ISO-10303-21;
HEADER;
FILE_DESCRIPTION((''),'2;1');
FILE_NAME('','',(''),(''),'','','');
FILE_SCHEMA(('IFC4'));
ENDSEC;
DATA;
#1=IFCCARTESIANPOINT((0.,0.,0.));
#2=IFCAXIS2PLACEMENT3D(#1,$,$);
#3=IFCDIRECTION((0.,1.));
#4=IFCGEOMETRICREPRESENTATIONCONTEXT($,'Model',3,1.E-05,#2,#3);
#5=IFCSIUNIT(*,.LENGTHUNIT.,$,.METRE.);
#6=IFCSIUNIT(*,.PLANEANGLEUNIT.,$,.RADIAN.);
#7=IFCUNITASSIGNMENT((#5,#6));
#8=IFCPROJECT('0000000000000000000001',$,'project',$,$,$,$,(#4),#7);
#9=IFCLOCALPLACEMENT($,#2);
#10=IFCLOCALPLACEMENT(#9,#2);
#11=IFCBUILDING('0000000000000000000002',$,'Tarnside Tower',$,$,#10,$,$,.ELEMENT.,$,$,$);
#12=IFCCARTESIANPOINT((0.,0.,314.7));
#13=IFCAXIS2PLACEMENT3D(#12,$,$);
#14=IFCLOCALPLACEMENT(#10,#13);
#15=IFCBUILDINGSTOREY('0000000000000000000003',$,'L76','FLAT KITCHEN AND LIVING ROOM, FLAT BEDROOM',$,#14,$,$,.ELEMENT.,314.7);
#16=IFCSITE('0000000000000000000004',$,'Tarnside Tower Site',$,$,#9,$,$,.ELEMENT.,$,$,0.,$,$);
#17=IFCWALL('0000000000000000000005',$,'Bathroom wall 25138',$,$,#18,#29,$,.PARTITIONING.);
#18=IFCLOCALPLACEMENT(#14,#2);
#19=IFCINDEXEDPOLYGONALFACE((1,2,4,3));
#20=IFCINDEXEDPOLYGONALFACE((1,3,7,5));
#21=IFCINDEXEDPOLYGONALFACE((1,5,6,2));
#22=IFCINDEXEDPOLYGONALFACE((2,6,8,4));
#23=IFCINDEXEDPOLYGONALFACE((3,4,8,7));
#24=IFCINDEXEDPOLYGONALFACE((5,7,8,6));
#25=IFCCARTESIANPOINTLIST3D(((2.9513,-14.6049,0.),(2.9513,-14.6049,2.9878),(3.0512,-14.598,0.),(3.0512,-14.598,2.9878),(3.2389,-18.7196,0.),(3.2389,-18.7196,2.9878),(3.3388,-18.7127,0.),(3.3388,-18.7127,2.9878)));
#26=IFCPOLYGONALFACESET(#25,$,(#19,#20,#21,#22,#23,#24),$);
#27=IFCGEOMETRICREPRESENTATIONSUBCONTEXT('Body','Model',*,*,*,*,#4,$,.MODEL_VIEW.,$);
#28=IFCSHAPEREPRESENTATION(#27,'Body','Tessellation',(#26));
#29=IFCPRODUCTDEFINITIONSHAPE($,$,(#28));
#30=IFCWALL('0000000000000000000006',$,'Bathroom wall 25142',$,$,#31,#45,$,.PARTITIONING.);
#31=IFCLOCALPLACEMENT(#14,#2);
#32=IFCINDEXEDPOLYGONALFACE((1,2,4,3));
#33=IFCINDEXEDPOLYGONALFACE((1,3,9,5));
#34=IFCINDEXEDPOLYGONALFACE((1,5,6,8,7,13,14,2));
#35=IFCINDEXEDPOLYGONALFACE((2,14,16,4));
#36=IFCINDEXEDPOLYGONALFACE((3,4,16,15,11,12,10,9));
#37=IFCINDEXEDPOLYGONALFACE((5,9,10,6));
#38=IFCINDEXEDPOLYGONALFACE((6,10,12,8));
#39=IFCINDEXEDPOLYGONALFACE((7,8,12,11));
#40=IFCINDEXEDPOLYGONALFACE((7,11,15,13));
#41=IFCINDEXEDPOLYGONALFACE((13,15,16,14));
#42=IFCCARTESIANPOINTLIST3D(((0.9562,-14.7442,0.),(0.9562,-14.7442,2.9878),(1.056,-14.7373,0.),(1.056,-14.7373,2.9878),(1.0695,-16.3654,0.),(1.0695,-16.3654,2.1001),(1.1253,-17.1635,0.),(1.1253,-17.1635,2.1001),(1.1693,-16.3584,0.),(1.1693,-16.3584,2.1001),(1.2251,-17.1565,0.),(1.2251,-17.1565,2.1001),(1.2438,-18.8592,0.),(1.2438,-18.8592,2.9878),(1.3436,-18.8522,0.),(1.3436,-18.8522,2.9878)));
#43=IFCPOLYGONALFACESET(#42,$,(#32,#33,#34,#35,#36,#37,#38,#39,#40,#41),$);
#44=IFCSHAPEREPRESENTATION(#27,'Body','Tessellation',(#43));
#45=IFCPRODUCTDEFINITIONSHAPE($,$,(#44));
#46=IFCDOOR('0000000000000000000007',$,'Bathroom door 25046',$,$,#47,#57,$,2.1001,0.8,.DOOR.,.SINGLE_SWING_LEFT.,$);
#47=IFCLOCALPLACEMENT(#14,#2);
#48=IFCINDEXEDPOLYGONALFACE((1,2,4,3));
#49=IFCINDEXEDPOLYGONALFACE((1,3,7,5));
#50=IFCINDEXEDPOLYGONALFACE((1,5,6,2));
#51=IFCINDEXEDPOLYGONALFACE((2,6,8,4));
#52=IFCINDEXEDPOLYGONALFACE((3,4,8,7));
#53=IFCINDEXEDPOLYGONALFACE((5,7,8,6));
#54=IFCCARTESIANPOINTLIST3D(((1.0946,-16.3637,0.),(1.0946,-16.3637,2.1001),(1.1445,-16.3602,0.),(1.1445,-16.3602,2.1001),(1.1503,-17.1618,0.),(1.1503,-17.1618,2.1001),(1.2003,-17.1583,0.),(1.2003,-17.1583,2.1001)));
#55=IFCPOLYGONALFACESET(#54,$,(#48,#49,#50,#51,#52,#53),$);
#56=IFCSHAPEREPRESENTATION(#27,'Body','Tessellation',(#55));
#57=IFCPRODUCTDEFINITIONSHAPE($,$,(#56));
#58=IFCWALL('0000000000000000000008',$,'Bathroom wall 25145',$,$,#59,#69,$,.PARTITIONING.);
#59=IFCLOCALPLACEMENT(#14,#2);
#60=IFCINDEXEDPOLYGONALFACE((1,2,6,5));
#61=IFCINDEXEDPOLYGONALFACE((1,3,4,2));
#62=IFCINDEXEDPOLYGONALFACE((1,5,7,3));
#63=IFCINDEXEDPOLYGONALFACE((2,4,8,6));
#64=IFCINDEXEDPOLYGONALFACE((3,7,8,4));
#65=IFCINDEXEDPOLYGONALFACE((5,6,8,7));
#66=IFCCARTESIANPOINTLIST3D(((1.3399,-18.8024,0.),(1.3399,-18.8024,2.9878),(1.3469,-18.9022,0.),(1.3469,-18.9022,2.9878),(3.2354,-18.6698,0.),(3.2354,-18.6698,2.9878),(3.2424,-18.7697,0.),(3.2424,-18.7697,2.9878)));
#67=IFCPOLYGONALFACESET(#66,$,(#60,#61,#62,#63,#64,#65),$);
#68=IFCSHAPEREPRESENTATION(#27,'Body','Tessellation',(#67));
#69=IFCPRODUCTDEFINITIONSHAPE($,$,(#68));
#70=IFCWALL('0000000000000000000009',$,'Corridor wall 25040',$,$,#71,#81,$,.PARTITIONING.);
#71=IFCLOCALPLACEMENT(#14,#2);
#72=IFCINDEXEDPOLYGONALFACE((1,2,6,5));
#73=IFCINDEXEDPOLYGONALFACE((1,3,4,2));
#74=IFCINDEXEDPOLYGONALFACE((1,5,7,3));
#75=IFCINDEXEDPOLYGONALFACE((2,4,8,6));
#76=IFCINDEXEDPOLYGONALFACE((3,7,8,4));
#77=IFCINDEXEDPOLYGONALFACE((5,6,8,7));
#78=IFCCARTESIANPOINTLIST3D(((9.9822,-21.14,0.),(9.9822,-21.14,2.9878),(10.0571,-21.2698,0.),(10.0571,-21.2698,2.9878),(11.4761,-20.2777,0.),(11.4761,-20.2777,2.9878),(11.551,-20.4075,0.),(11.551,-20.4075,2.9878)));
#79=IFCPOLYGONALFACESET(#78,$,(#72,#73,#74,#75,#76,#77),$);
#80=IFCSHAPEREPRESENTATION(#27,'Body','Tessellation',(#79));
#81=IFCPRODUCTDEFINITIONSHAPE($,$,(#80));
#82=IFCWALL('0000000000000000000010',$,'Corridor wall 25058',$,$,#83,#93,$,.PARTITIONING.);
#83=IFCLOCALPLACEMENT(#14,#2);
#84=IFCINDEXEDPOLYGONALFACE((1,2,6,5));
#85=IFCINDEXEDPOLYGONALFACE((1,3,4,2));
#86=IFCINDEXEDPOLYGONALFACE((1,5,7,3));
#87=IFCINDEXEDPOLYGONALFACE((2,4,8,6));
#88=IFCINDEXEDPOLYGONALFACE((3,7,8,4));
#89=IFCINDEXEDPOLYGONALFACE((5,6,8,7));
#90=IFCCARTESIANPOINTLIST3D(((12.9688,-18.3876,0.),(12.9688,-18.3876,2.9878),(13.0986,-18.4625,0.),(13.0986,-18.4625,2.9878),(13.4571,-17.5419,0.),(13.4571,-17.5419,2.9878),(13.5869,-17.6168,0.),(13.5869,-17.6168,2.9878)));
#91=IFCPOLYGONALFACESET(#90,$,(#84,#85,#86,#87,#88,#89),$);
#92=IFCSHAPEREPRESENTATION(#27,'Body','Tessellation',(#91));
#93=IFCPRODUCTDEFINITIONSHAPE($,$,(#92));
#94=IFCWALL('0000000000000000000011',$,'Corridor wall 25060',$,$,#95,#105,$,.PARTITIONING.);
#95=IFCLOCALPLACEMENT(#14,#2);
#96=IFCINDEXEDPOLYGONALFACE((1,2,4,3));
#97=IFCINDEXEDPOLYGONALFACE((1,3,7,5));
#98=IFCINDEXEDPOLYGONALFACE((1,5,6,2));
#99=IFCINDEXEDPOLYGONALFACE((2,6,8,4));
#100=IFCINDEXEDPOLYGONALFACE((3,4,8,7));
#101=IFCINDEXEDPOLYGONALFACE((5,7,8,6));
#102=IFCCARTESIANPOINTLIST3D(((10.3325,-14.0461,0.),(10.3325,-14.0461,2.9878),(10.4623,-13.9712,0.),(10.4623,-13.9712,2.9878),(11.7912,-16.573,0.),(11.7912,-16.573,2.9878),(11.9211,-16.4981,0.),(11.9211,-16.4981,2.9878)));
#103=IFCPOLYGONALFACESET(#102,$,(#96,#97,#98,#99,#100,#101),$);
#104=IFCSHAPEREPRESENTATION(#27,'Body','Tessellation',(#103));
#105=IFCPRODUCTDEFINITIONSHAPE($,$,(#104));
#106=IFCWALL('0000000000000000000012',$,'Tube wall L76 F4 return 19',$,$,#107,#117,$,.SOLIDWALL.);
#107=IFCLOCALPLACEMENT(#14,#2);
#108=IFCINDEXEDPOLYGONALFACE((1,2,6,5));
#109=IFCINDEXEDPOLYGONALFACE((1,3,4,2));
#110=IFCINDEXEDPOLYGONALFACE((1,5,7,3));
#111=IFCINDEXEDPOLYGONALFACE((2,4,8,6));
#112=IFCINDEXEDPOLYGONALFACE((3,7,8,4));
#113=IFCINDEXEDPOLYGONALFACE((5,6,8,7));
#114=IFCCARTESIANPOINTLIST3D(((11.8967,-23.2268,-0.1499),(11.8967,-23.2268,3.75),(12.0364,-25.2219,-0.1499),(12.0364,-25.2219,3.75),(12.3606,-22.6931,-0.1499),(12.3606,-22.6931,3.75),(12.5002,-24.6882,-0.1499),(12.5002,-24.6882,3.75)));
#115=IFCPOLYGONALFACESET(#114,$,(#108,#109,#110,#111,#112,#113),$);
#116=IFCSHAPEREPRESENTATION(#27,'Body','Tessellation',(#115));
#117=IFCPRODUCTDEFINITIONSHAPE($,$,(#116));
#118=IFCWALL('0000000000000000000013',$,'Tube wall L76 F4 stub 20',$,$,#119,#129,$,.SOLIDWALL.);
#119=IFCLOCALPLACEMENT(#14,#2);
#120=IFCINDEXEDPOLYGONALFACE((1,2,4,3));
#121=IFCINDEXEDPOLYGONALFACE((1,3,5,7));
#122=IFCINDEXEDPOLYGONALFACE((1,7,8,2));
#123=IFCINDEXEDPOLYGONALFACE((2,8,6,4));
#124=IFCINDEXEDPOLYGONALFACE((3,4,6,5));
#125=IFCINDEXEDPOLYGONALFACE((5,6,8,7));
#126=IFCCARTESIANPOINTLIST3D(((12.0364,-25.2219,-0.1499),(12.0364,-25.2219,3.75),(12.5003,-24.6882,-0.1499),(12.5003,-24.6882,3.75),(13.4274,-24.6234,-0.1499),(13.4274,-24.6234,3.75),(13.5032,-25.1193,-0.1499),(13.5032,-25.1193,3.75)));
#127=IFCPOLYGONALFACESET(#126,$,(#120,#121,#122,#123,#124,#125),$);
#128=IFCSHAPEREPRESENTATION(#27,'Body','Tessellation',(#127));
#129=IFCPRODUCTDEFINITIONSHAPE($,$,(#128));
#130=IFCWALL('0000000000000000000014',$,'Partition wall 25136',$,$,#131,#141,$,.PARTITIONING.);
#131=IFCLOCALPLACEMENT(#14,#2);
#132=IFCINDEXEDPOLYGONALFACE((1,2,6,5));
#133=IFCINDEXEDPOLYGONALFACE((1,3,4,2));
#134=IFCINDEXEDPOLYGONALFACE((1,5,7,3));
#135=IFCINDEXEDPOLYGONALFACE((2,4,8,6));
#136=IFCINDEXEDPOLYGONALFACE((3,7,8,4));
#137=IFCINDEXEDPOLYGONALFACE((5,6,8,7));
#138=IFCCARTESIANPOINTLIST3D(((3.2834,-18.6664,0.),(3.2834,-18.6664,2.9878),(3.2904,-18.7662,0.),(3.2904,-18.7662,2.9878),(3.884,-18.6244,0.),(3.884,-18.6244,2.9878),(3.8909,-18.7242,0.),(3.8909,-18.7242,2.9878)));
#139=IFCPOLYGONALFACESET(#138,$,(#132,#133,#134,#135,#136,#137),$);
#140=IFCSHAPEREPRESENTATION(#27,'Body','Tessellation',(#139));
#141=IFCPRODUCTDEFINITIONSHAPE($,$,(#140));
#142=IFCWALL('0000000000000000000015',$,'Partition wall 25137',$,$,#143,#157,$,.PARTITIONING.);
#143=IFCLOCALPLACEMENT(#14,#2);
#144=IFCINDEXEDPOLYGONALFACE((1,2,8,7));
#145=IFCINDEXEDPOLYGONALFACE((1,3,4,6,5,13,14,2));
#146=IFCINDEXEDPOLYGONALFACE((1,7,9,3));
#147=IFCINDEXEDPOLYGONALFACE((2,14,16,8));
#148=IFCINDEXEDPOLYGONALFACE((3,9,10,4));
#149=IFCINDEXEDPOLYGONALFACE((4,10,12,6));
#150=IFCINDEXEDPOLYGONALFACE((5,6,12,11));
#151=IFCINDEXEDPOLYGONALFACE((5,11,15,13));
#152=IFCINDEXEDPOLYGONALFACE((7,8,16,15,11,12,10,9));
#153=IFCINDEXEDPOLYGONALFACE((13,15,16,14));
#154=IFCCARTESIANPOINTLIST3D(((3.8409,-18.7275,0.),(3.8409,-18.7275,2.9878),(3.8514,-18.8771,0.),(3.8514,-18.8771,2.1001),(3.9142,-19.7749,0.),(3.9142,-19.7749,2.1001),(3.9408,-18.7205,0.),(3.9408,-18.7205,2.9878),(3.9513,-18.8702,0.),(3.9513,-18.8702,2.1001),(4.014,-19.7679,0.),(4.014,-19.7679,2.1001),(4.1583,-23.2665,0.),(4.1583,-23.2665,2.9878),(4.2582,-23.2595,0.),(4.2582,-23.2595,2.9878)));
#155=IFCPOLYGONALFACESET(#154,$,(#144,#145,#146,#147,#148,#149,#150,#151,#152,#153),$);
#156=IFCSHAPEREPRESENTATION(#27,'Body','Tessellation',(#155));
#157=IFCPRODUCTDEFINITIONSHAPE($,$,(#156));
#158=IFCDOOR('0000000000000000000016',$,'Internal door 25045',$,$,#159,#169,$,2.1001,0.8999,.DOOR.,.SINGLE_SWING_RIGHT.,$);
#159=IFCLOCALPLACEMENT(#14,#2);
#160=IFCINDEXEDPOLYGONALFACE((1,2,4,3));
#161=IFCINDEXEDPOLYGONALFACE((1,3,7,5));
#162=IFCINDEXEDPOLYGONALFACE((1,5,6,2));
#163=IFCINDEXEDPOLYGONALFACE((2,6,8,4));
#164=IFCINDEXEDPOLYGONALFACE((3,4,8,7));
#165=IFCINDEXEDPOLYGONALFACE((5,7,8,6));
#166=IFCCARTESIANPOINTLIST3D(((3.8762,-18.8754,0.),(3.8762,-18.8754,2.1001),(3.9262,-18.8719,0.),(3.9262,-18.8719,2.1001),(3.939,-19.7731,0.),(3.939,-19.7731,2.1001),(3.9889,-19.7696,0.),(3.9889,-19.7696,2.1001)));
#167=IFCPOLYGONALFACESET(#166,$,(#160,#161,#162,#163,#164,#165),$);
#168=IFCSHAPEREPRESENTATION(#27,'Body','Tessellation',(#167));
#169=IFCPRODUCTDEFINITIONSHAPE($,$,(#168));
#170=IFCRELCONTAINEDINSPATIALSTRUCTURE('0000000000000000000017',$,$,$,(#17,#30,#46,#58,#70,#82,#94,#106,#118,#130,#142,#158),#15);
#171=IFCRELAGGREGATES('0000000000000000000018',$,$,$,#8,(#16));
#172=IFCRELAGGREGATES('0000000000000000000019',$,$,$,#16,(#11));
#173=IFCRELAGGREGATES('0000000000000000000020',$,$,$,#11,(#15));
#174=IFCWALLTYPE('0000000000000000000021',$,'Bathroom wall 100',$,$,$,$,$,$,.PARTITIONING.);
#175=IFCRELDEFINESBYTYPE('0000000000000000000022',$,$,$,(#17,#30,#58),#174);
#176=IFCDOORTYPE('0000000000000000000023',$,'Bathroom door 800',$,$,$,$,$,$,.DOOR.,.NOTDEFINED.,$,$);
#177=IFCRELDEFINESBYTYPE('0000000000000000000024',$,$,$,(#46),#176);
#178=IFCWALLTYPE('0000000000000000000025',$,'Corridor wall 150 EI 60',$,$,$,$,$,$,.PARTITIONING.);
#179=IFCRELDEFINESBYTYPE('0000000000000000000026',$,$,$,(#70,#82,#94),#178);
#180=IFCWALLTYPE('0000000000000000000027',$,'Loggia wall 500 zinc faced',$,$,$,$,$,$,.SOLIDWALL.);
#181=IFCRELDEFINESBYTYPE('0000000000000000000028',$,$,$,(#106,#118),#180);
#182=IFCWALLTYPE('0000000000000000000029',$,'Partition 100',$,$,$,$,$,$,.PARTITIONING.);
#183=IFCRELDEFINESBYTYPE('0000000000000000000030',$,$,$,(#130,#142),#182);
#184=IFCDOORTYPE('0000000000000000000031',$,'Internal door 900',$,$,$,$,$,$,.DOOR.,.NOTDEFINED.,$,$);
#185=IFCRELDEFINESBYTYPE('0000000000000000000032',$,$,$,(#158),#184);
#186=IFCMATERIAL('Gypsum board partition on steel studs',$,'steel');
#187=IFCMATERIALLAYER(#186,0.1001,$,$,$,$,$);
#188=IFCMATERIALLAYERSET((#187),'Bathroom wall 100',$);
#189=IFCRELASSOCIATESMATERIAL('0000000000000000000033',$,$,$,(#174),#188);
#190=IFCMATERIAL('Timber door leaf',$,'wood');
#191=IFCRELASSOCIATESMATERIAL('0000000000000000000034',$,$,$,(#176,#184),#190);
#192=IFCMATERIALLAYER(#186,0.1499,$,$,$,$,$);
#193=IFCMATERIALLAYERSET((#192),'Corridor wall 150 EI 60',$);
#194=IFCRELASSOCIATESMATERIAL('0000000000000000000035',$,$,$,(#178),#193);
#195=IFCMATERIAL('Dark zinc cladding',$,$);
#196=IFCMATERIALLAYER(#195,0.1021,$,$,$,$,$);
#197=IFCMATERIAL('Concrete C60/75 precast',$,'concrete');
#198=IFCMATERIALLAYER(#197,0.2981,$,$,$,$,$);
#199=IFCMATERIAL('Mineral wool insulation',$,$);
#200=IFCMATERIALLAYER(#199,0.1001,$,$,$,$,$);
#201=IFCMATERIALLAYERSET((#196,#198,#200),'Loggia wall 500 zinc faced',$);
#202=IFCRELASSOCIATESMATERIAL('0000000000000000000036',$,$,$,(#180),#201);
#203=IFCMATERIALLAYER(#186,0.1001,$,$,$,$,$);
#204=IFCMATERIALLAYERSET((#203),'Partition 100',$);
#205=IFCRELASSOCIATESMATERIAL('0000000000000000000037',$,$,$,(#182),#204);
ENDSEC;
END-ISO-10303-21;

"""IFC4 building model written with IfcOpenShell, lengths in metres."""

from ifc_helpers import new_model, si_unit, direction, frame, frame_2d, origin, place, context, subcontext, project, spatial, polyline, rectangle, outline, extrude, material, layer, layer_set, type_object, element, fill, save


model = new_model("IFC4")

# Units and contexts
model_context = context("Model", 3, precision=1e-05, world=origin(), true_north=direction((0.0, 1.0)))
body_context = subcontext(model_context, "Body", "Model", "MODEL_VIEW")
ifc_project = project(units=[si_unit("LENGTHUNIT", "METRE"), si_unit("PLANEANGLEUNIT", "RADIAN")], contexts=[model_context])

# Site, building, storey
site_placement = place(None, origin())
site = spatial("IfcSite", under=ifc_project, at=site_placement, Name="Tarnside Tower Site", CompositionType="ELEMENT", RefElevation=0.0)
building_placement = place(site_placement, origin())
building = spatial("IfcBuilding", under=site, at=building_placement, Name="Tarnside Tower", CompositionType="ELEMENT")
storey_placement = place(building_placement, frame((0.0, 0.0, 314.7)))
storey = spatial("IfcBuildingStorey", under=building, at=storey_placement, Name="L76", Description="FLAT KITCHEN AND LIVING ROOM, FLAT BEDROOM", CompositionType="ELEMENT", Elevation=314.7)

# Wall
ifc_material_1 = material(Name="Gypsum board partition on steel studs", Category="steel")
ifc_layer_1 = layer(ifc_material_1, 0.1001)
ifc_layer_set_1 = layer_set([ifc_layer_1], Name="Bathroom wall 100")
wall_type_1 = type_object("IfcWallType", Name="Bathroom wall 100", PredefinedType="PARTITIONING", material=ifc_layer_set_1)
wall_1_placement = place(storey_placement, frame((3.0012, -14.6013, 0.0), z_axis=(0.0, 0.0, 1.0), x_axis=(0.069724, -0.997566, 0.0)))
element("IfcWall", 1, at=wall_1_placement, inside=storey, type_object=wall_type_1, Name="Bathroom wall 25138", PredefinedType="PARTITIONING", context=body_context, shape_type="SweptSolid", body=[
    extrude(rectangle(XDim=4.1248, YDim=0.1001, at=frame_2d((2.0625, 0.0))), origin(), (0.0, 0.0, 1.0), 2.9878),
])

# Wall, opening, door
wall_2_placement = place(storey_placement, frame((1.2937, -18.8557, 0.0), z_axis=(0.0, 0.0, 1.0), x_axis=(-0.06972, 0.997567, 0.0)))
wall_2 = element("IfcWall", 2, at=wall_2_placement, inside=storey, type_object=wall_type_1, Name="Bathroom wall 25142", PredefinedType="PARTITIONING", context=body_context, shape_type="SweptSolid", body=[
    extrude(rectangle(XDim=4.125, YDim=0.1001, at=frame_2d((2.0625, 0.0))), origin(), (0.0, 0.0, 1.0), 2.9878),
])
opening_1_placement = place(wall_2_placement, frame((1.7, 0.0, 0.0)))
opening_1 = element("IfcOpeningElement", 3, at=opening_1_placement, cuts=wall_2, PredefinedType="OPENING", context=body_context, shape_type="SweptSolid", body=[
    extrude(rectangle(XDim=0.8, YDim=2.1001, at=frame_2d((0.3999, 1.05))), frame((0.0, 0.0601, 0.0), z_axis=(0.0, -1.0, 0.0), x_axis=(1.0, 0.0, 0.0)), (0.0, 0.0, 1.0), 0.1201),
])
ifc_material_2 = material(Name="Timber door leaf", Category="wood")
door_type_1 = type_object("IfcDoorType", Name="Bathroom door 800", OperationType="NOTDEFINED", PredefinedType="DOOR", material=ifc_material_2)
door_1_placement = place(opening_1_placement, origin())
door_1 = element("IfcDoor", 4, at=door_1_placement, inside=storey, type_object=door_type_1, Name="Bathroom door 25046", OperationType="SINGLE_SWING_LEFT", OverallHeight=2.1001, OverallWidth=0.8, PredefinedType="DOOR", context=body_context, shape_type="SweptSolid", body=[
    extrude(rectangle(XDim=0.8, YDim=2.1001, at=frame_2d((0.3999, 1.05))), frame((0.0, 0.0249, 0.0), z_axis=(0.0, -1.0, 0.0), x_axis=(1.0, 0.0, 0.0)), (0.0, 0.0, 1.0), 0.05),
])
fill(opening_1, door_1)

# Walls
wall_3_placement = place(storey_placement, frame((3.239, -18.7197, 0.0), z_axis=(0.0, 0.0, 1.0), x_axis=(-0.997563, -0.069768, 0.0)))
element("IfcWall", 5, at=wall_3_placement, inside=storey, type_object=wall_type_1, Name="Bathroom wall 25145", PredefinedType="PARTITIONING", context=body_context, shape_type="SweptSolid", body=[
    extrude(rectangle(XDim=1.9001, YDim=0.1001, at=frame_2d((0.9502, 0.0))), origin(), (0.0, 0.0, 1.0), 2.9878),
])
ifc_layer_2 = layer(ifc_material_1, 0.1499)
ifc_layer_set_2 = layer_set([ifc_layer_2], Name="Corridor wall 150 EI 60")
wall_type_2 = type_object("IfcWallType", Name="Corridor wall 150 EI 60", PredefinedType="PARTITIONING", material=ifc_layer_set_2)
wall_4_placement = place(storey_placement, frame((10.0198, -21.2048, 0.0), z_axis=(0.0, 0.0, 1.0), x_axis=(0.866075, 0.499914, 0.0)))
element("IfcWall", 6, at=wall_4_placement, inside=storey, type_object=wall_type_2, Name="Corridor wall 25040", PredefinedType="PARTITIONING", context=body_context, shape_type="SweptSolid", body=[
    extrude(rectangle(XDim=1.7249, YDim=0.1499, at=frame_2d((0.8623, 0.0))), origin(), (0.0, 0.0, 1.0), 2.9878),
])
wall_5_placement = place(storey_placement, frame((13.0337, -18.425, 0.0), z_axis=(0.0, 0.0, 1.0), x_axis=(0.500011, 0.866019, 0.0)))
element("IfcWall", 7, at=wall_5_placement, inside=storey, type_object=wall_type_2, Name="Corridor wall 25058", PredefinedType="PARTITIONING", context=body_context, shape_type="SweptSolid", body=[
    extrude(rectangle(XDim=0.9766, YDim=0.1499, at=frame_2d((0.4883, 0.0))), origin(), (0.0, 0.0, 1.0), 2.9878),
])
wall_6_placement = place(storey_placement, frame((11.8562, -16.5356, 0.0), z_axis=(0.0, 0.0, 1.0), x_axis=(-0.499964, 0.866046, 0.0)))
element("IfcWall", 8, at=wall_6_placement, inside=storey, type_object=wall_type_2, Name="Corridor wall 25060", PredefinedType="PARTITIONING", context=body_context, shape_type="SweptSolid", body=[
    extrude(rectangle(XDim=2.9177, YDim=0.1499, at=frame_2d((1.459, 0.0))), origin(), (0.0, 0.0, 1.0), 2.9878),
])
ifc_material_3 = material(Name="Dark zinc cladding")
ifc_layer_3 = layer(ifc_material_3, 0.1021)
ifc_material_4 = material(Name="Concrete C60/75 precast", Category="concrete")
ifc_layer_4 = layer(ifc_material_4, 0.2981)
ifc_material_5 = material(Name="Mineral wool insulation")
ifc_layer_5 = layer(ifc_material_5, 0.1001)
ifc_layer_set_3 = layer_set([ifc_layer_3, ifc_layer_4, ifc_layer_5], Name="Loggia wall 500 zinc faced")
wall_type_3 = type_object("IfcWallType", Name="Loggia wall 500 zinc faced", PredefinedType="SOLIDWALL", material=ifc_layer_set_3)
wall_7_placement = place(storey_placement, frame((12.1287, -22.96, -0.1499), z_axis=(0.0, 0.0, 1.0), x_axis=(0.069824, -0.997559, 0.0)))
element("IfcWall", 9, at=wall_7_placement, inside=storey, type_object=wall_type_3, Name="Tube wall L76 F4 return 19", PredefinedType="SOLIDWALL", context=body_context, shape_type="SweptSolid", body=[
    extrude(outline(polyline([(0.25, -0.25), (2.25, -0.25), (1.75, 0.25), (-0.25, 0.25), (0.25, -0.25)])), origin(), (0.0, 0.0, 1.0), 3.8999),
])
wall_8_placement = place(storey_placement, frame((12.2683, -24.9551, -0.1499), z_axis=(0.0, 0.0, 1.0), x_axis=(0.997562, 0.069787, 0.0)))
element("IfcWall", 10, at=wall_8_placement, inside=storey, type_object=wall_type_3, Name="Tube wall L76 F4 stub 20", PredefinedType="SOLIDWALL", context=body_context, shape_type="SweptSolid", body=[
    extrude(outline(polyline([(-0.25, -0.25), (1.2205, -0.25), (1.1794, 0.25), (0.25, 0.25), (-0.25, -0.25)])), origin(), (0.0, 0.0, 1.0), 3.8999),
])
ifc_layer_6 = layer(ifc_material_1, 0.1001)
ifc_layer_set_4 = layer_set([ifc_layer_6], Name="Partition 100")
wall_type_4 = type_object("IfcWallType", Name="Partition 100", PredefinedType="PARTITIONING", material=ifc_layer_set_4)
wall_9_placement = place(storey_placement, frame((3.2869, -18.7163, 0.0), z_axis=(0.0, 0.0, 1.0), x_axis=(0.997565, 0.069748, 0.0)))
element("IfcWall", 11, at=wall_9_placement, inside=storey, type_object=wall_type_4, Name="Partition wall 25136", PredefinedType="PARTITIONING", context=body_context, shape_type="SweptSolid", body=[
    extrude(rectangle(XDim=0.6021, YDim=0.1001, at=frame_2d((0.301, 0.0))), origin(), (0.0, 0.0, 1.0), 2.9878),
])

# Wall, opening, door
wall_10_placement = place(storey_placement, frame((3.8909, -18.7241, 0.0), z_axis=(0.0, 0.0, 1.0), x_axis=(0.069752, -0.997564, 0.0)))
wall_10 = element("IfcWall", 12, at=wall_10_placement, inside=storey, type_object=wall_type_4, Name="Partition wall 25137", PredefinedType="PARTITIONING", context=body_context, shape_type="SweptSolid", body=[
    extrude(rectangle(XDim=4.55, YDim=0.1001, at=frame_2d((2.2749, 0.0))), origin(), (0.0, 0.0, 1.0), 2.9878),
])
opening_2_placement = place(wall_10_placement, frame((0.1499, 0.0, 0.0)))
opening_2 = element("IfcOpeningElement", 13, at=opening_2_placement, cuts=wall_10, PredefinedType="OPENING", context=body_context, shape_type="SweptSolid", body=[
    extrude(rectangle(XDim=0.8999, YDim=2.1001, at=frame_2d((0.45, 1.05))), frame((0.0, 0.0601, 0.0), z_axis=(0.0, -1.0, 0.0), x_axis=(1.0, 0.0, 0.0)), (0.0, 0.0, 1.0), 0.1201),
])
door_type_2 = type_object("IfcDoorType", Name="Internal door 900", OperationType="NOTDEFINED", PredefinedType="DOOR", material=ifc_material_2)
door_2_placement = place(opening_2_placement, origin())
door_2 = element("IfcDoor", 14, at=door_2_placement, inside=storey, type_object=door_type_2, Name="Internal door 25045", OperationType="SINGLE_SWING_RIGHT", OverallHeight=2.1001, OverallWidth=0.8999, PredefinedType="DOOR", context=body_context, shape_type="SweptSolid", body=[
    extrude(rectangle(XDim=0.8999, YDim=2.1001, at=frame_2d((0.45, 1.05))), frame((0.0, 0.0249, 0.0), z_axis=(0.0, -1.0, 0.0), x_axis=(1.0, 0.0, 0.0)), (0.0, 0.0, 1.0), 0.05),
])
fill(opening_2, door_2)

save(model, "model.ifc")
